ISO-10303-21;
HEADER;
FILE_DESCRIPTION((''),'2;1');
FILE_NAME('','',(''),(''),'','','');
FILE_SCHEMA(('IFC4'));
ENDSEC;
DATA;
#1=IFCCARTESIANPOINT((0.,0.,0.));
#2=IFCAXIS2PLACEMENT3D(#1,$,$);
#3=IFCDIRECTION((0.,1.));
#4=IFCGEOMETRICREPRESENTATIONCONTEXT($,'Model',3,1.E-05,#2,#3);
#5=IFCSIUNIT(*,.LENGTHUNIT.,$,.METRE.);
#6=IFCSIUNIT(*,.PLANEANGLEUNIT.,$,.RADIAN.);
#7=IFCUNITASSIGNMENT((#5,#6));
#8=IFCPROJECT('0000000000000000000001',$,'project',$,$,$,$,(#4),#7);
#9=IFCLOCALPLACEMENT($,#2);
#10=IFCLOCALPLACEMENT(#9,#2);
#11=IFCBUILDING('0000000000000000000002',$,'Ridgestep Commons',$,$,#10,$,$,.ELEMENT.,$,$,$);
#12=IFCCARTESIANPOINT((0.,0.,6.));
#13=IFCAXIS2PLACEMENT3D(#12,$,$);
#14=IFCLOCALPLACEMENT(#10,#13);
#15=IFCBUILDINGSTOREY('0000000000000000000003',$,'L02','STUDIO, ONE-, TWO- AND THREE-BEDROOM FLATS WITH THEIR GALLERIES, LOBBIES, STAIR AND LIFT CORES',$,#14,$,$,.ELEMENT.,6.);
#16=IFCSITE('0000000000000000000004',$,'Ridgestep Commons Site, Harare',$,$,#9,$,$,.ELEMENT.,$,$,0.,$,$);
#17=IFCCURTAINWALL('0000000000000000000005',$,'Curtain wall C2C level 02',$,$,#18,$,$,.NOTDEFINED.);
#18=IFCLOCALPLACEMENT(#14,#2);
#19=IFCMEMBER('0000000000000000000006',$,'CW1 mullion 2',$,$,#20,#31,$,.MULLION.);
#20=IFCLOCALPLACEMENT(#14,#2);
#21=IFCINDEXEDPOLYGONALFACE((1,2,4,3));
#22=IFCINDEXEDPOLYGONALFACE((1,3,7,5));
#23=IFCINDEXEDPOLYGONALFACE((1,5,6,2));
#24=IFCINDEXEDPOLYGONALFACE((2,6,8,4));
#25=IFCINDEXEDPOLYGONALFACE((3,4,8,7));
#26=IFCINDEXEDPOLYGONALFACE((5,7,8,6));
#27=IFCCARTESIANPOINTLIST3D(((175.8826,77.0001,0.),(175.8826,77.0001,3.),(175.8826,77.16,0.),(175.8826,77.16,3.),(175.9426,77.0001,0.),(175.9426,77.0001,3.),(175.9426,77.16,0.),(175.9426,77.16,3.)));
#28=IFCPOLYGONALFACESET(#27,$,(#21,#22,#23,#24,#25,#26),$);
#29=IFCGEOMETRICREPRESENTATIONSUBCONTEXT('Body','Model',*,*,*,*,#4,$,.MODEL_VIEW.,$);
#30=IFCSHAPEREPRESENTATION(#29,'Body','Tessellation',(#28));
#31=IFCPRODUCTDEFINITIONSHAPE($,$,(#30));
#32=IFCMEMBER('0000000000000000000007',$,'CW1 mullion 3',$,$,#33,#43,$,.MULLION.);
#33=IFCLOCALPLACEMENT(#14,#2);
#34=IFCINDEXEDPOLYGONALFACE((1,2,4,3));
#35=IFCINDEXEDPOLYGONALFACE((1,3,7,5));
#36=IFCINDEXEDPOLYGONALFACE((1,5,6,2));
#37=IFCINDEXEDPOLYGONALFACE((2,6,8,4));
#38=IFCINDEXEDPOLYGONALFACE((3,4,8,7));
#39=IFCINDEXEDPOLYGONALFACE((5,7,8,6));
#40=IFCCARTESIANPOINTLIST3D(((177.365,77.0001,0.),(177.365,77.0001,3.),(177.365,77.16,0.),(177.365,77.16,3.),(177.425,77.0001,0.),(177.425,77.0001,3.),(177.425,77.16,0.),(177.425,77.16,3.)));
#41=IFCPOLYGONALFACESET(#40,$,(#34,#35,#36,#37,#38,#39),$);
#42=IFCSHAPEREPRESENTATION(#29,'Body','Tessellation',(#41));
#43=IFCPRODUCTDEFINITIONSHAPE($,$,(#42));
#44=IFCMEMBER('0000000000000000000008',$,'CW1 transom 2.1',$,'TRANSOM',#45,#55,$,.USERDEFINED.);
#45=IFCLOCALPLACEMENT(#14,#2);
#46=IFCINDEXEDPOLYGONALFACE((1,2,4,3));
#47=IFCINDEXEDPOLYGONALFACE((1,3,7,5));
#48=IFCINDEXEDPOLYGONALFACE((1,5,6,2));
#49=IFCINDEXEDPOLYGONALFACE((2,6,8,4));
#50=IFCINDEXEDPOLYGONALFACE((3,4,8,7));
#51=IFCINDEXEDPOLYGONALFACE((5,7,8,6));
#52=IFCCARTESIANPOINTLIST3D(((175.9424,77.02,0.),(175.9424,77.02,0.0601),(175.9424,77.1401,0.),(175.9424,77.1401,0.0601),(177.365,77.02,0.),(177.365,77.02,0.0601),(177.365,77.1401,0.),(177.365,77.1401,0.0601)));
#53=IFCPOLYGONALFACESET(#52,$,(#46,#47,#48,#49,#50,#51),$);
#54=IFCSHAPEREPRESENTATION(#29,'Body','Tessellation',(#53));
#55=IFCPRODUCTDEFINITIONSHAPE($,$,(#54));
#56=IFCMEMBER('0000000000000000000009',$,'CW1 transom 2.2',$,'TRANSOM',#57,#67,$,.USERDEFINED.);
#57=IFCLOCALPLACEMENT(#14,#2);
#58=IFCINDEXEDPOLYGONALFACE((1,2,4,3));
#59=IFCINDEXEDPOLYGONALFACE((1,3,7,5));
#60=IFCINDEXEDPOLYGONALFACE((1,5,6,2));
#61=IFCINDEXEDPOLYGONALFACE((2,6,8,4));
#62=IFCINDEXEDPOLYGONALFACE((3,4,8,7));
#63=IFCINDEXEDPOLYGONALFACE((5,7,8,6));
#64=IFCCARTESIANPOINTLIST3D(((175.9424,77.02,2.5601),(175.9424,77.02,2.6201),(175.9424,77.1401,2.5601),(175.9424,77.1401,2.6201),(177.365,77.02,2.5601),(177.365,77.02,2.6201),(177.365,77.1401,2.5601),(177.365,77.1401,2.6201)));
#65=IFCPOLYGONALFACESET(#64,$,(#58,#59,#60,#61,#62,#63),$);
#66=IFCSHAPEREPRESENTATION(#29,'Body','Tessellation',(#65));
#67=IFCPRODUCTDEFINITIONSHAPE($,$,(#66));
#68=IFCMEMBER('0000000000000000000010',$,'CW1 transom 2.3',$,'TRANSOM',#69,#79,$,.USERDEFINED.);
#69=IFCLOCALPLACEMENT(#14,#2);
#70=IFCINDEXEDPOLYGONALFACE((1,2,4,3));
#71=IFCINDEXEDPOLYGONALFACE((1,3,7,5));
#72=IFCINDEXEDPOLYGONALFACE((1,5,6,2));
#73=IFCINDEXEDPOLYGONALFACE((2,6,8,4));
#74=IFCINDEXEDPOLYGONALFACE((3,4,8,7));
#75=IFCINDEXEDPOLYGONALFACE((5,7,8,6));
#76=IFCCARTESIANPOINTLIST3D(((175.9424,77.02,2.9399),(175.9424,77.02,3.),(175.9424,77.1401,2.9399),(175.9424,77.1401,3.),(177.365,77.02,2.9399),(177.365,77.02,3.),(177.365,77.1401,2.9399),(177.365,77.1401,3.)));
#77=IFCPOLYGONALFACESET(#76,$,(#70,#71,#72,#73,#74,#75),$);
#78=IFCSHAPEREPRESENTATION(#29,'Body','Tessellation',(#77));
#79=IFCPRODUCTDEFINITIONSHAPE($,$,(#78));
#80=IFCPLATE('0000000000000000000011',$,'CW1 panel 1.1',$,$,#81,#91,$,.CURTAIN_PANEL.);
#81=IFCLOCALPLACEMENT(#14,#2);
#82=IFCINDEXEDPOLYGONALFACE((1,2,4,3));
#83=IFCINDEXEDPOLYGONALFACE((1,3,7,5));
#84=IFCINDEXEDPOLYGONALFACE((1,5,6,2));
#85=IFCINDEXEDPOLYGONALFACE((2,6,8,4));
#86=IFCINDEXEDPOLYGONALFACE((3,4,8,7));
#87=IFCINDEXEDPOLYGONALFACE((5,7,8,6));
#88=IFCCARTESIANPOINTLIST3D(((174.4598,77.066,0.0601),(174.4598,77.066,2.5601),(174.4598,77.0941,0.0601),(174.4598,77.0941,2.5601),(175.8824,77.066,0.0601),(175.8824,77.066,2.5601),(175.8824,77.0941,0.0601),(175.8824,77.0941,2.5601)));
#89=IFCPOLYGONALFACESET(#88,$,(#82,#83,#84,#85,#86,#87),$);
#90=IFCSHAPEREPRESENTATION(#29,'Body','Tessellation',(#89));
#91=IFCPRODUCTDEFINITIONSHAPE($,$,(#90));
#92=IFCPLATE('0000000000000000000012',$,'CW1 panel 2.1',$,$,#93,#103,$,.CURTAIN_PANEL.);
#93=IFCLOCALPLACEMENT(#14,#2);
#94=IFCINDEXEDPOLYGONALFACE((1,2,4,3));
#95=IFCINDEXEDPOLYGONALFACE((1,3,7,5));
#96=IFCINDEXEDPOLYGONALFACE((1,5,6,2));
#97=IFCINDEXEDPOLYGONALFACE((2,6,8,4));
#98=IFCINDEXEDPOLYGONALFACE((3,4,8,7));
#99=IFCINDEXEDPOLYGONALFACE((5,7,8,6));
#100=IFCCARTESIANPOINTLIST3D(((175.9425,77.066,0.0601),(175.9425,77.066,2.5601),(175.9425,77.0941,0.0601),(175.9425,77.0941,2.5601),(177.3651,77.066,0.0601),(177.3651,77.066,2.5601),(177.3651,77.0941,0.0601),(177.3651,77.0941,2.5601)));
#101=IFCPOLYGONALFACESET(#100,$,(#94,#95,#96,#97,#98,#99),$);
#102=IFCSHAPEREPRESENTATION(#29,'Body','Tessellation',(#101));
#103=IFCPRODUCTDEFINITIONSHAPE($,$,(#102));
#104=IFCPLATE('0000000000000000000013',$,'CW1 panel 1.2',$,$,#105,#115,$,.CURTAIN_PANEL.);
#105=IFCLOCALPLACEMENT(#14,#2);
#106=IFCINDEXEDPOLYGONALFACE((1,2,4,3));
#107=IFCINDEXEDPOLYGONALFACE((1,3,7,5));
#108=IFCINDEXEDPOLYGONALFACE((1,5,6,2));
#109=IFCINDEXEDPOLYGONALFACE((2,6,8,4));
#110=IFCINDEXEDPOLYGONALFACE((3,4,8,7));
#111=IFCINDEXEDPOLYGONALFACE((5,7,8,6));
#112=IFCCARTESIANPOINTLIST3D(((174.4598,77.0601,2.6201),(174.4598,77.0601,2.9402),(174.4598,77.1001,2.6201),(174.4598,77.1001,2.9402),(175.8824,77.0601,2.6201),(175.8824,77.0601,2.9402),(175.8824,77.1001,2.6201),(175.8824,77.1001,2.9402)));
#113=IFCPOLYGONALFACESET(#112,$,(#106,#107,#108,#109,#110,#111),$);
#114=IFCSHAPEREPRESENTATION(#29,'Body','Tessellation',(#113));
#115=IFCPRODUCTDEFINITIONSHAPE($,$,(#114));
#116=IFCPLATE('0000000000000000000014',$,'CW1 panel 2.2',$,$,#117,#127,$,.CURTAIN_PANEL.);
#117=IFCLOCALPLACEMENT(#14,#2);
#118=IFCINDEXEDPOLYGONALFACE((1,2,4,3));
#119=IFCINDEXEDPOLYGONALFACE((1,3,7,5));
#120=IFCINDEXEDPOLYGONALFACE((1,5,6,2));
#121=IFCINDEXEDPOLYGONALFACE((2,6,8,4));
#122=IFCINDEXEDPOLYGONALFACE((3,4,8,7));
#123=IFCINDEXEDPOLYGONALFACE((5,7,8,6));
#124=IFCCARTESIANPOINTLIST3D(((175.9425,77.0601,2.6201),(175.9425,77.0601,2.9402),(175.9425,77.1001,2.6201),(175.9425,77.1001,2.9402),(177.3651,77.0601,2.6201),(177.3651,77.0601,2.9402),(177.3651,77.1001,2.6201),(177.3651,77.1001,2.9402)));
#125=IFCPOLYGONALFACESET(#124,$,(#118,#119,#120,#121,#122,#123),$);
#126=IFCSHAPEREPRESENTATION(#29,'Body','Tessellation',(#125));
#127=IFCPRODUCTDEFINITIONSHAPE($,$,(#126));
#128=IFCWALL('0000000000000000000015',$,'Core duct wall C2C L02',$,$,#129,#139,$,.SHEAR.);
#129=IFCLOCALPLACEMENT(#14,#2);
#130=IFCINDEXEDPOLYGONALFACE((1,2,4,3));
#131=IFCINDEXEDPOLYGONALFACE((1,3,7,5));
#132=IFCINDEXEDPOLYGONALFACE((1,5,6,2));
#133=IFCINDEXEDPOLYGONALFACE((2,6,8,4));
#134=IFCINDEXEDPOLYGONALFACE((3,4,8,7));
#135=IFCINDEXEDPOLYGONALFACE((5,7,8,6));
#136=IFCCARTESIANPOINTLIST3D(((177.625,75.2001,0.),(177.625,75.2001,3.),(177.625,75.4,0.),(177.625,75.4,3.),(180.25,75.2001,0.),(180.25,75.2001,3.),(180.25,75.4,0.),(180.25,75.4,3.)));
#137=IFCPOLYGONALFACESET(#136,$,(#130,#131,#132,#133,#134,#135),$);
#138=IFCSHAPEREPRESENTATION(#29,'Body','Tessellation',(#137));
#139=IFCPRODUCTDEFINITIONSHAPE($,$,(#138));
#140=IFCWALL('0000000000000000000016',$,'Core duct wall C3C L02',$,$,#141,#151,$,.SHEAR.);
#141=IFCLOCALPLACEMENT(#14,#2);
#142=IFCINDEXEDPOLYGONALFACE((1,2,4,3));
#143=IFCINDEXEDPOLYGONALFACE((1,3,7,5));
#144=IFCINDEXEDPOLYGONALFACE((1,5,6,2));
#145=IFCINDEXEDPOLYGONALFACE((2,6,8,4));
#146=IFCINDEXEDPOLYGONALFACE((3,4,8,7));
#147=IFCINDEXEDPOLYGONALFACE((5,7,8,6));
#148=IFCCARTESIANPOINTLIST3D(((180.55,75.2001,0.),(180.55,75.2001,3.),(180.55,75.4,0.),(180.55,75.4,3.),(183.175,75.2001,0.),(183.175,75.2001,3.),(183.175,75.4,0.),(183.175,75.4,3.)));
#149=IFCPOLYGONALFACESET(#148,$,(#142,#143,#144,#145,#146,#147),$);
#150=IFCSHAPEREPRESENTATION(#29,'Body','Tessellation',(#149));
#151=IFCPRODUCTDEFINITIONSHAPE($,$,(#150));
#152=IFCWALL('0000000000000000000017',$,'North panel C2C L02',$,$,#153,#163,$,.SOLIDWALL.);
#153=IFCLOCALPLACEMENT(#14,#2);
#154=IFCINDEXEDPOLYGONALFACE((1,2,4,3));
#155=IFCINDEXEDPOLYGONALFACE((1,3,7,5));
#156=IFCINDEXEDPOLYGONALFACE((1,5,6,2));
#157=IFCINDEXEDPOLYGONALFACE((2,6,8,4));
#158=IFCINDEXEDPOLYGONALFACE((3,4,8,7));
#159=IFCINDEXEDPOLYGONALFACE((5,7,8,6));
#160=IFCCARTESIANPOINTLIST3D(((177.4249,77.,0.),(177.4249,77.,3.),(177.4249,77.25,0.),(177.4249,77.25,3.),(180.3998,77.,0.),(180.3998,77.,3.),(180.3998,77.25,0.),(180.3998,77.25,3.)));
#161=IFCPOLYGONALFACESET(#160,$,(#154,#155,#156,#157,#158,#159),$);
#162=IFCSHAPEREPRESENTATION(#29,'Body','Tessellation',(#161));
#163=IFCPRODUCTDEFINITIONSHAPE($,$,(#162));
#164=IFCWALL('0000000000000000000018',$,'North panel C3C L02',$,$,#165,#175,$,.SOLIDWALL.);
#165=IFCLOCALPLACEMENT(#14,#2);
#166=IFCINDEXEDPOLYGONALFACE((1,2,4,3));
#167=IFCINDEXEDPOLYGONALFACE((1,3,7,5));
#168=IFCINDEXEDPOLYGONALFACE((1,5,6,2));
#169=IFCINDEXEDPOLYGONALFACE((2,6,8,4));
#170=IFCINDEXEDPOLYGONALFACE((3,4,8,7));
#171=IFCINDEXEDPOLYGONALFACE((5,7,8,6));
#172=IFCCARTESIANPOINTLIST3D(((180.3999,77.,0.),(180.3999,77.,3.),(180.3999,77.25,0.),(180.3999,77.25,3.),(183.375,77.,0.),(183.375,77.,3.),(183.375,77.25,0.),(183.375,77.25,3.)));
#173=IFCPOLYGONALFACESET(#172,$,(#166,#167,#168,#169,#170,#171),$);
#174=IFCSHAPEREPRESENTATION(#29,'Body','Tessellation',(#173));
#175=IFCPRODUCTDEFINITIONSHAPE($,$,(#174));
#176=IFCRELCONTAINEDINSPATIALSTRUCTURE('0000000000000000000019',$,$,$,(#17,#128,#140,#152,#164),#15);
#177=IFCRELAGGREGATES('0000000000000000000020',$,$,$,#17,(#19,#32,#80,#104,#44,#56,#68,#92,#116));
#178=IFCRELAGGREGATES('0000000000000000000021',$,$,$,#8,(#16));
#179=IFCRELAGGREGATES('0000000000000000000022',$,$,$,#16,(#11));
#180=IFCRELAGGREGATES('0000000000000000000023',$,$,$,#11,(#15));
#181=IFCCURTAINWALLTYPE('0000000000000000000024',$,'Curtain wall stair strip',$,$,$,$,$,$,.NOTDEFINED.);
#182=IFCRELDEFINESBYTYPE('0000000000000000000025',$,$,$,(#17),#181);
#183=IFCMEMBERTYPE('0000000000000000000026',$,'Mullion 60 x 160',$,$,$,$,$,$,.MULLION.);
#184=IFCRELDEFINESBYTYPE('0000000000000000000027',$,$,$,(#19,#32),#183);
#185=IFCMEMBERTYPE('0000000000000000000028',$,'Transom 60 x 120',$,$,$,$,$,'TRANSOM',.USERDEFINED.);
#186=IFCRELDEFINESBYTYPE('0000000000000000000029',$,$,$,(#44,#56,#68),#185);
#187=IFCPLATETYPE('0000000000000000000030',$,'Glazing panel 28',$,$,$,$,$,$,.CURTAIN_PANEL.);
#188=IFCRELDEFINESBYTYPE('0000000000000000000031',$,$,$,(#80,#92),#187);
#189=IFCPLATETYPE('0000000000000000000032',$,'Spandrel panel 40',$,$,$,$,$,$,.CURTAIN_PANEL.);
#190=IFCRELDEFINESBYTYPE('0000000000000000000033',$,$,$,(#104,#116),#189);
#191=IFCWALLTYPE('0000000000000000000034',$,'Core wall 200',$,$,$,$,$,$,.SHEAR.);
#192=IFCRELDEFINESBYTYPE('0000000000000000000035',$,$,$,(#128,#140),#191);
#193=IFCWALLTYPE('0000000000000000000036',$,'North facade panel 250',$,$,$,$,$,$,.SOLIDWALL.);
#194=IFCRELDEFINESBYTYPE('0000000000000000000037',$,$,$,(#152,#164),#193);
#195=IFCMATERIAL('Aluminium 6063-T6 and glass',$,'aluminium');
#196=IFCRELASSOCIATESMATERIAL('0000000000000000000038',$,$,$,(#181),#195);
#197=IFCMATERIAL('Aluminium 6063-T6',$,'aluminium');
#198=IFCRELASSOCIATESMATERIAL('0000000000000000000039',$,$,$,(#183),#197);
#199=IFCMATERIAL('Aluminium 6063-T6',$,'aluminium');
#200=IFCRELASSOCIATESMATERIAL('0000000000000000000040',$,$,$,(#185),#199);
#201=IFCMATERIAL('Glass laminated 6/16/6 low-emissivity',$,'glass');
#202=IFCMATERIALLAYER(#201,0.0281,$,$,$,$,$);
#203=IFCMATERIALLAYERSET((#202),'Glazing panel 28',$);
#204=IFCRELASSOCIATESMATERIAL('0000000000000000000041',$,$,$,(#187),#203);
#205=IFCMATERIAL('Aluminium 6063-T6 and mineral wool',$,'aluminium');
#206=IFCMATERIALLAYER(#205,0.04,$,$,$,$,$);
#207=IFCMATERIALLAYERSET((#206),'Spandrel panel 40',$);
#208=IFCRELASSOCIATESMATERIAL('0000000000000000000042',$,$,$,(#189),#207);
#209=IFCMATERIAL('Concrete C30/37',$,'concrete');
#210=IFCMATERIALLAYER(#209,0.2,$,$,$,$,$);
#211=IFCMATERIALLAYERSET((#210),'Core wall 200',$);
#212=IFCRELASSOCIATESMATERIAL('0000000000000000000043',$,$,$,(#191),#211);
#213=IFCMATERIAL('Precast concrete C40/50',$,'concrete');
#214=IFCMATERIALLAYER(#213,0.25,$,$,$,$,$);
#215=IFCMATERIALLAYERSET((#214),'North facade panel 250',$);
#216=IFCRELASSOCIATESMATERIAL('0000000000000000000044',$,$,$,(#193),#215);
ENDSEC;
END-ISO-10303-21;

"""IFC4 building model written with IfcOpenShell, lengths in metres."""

from ifc_helpers import new_model, si_unit, direction, frame, frame_2d, origin, origin_2d, place, context, subcontext, project, spatial, rectangle, extrude, material, layer, layer_set, material_profile, profile_set, type_object, element, aggregate, save


model = new_model("IFC4")

# Units and contexts
model_context = context("Model", 3, precision=1e-05, world=origin(), true_north=direction((0.0, 1.0)))
body_context = subcontext(model_context, "Body", "Model", "MODEL_VIEW")
ifc_project = project(units=[si_unit("LENGTHUNIT", "METRE"), si_unit("PLANEANGLEUNIT", "RADIAN")], contexts=[model_context])

# Site, building, storey
site_placement = place(None, origin())
site = spatial("IfcSite", under=ifc_project, at=site_placement, Name="Ridgestep Commons Site, Harare", CompositionType="ELEMENT", RefElevation=0.0)
building_placement = place(site_placement, origin())
building = spatial("IfcBuilding", under=site, at=building_placement, Name="Ridgestep Commons", CompositionType="ELEMENT")
storey_placement = place(building_placement, frame((0.0, 0.0, 6.0)))
storey = spatial("IfcBuildingStorey", under=building, at=storey_placement, Name="L02", Description="STUDIO, ONE-, TWO- AND THREE-BEDROOM FLATS WITH THEIR GALLERIES, LOBBIES, STAIR AND LIFT CORES", CompositionType="ELEMENT", Elevation=6.0)

# Curtain wall, members, plates
ifc_material_1 = material(Name="Aluminium 6063-T6 and glass", Category="aluminium")
curtain_wall_type = type_object("IfcCurtainWallType", Name="Curtain wall stair strip", PredefinedType="NOTDEFINED", material=ifc_material_1)
curtain_wall_placement = place(storey_placement, origin())
curtain_wall = element("IfcCurtainWall", 1, at=curtain_wall_placement, inside=storey, type_object=curtain_wall_type, Name="Curtain wall C2C level 02", PredefinedType="NOTDEFINED")
ifc_material_2 = material(Name="Aluminium 6063-T6", Category="aluminium")
ifc_material_profile_1 = material_profile(ifc_material_2, rectangle(XDim=0.1599, YDim=0.0601, at=origin_2d()), Name="Mullion 60 x 160")
ifc_profile_set_1 = profile_set([ifc_material_profile_1], Name="Aluminium 6063-T6")
member_type_1 = type_object("IfcMemberType", Name="Mullion 60 x 160", PredefinedType="MULLION", material=ifc_profile_set_1)
member_1_placement = place(storey_placement, frame((175.9126, 77.0801, 0.0), z_axis=(0.0, 0.0, 1.0), x_axis=(0.0, 1.0, 0.0)))
member_1 = element("IfcMember", 2, at=member_1_placement, type_object=member_type_1, Name="CW1 mullion 2", PredefinedType="MULLION", context=body_context, shape_type="SweptSolid", body=[
    extrude(rectangle(XDim=0.1599, YDim=0.0601, at=origin_2d()), origin(), (0.0, 0.0, 1.0), 3.0),
])
member_2_placement = place(storey_placement, frame((177.395, 77.0801, 0.0), z_axis=(0.0, 0.0, 1.0), x_axis=(0.0, 1.0, 0.0)))
member_2 = element("IfcMember", 3, at=member_2_placement, type_object=member_type_1, Name="CW1 mullion 3", PredefinedType="MULLION", context=body_context, shape_type="SweptSolid", body=[
    extrude(rectangle(XDim=0.1599, YDim=0.0601, at=origin_2d()), origin(), (0.0, 0.0, 1.0), 3.0),
])
ifc_material_3 = material(Name="Aluminium 6063-T6", Category="aluminium")
ifc_material_profile_2 = material_profile(ifc_material_3, rectangle(XDim=0.1201, YDim=0.0601, at=origin_2d()), Name="Transom 60 x 120")
ifc_profile_set_2 = profile_set([ifc_material_profile_2], Name="Aluminium 6063-T6")
member_type_2 = type_object("IfcMemberType", Name="Transom 60 x 120", ElementType="TRANSOM", PredefinedType="USERDEFINED", material=ifc_profile_set_2)
member_3_placement = place(storey_placement, frame((175.9424, 77.0801, 0.03), z_axis=(1.0, 0.0, 0.0), x_axis=(0.0, 1.0, 0.0)))
member_3 = element("IfcMember", 4, at=member_3_placement, type_object=member_type_2, Name="CW1 transom 2.1", ObjectType="TRANSOM", PredefinedType="USERDEFINED", context=body_context, shape_type="SweptSolid", body=[
    extrude(rectangle(XDim=0.1201, YDim=0.0601, at=origin_2d()), origin(), (0.0, 0.0, 1.0), 1.4226),
])
member_4_placement = place(storey_placement, frame((175.9424, 77.0801, 2.5901), z_axis=(1.0, 0.0, 0.0), x_axis=(0.0, 1.0, 0.0)))
member_4 = element("IfcMember", 5, at=member_4_placement, type_object=member_type_2, Name="CW1 transom 2.2", ObjectType="TRANSOM", PredefinedType="USERDEFINED", context=body_context, shape_type="SweptSolid", body=[
    extrude(rectangle(XDim=0.1201, YDim=0.0601, at=origin_2d()), origin(), (0.0, 0.0, 1.0), 1.4226),
])
member_5_placement = place(storey_placement, frame((175.9424, 77.0801, 2.97), z_axis=(1.0, 0.0, 0.0), x_axis=(0.0, 1.0, 0.0)))
member_5 = element("IfcMember", 6, at=member_5_placement, type_object=member_type_2, Name="CW1 transom 2.3", ObjectType="TRANSOM", PredefinedType="USERDEFINED", context=body_context, shape_type="SweptSolid", body=[
    extrude(rectangle(XDim=0.1201, YDim=0.0601, at=origin_2d()), origin(), (0.0, 0.0, 1.0), 1.4226),
])
ifc_material_4 = material(Name="Glass laminated 6/16/6 low-emissivity", Category="glass")
ifc_layer_1 = layer(ifc_material_4, 0.0281)
ifc_layer_set_1 = layer_set([ifc_layer_1], Name="Glazing panel 28")
plate_type_1 = type_object("IfcPlateType", Name="Glazing panel 28", PredefinedType="CURTAIN_PANEL", material=ifc_layer_set_1)
plate_1_placement = place(storey_placement, frame((175.1711, 77.0801, 0.0601), z_axis=(0.0, 0.0, 1.0), x_axis=(1.0, 0.0, 0.0)))
plate_1 = element("IfcPlate", 7, at=plate_1_placement, type_object=plate_type_1, Name="CW1 panel 1.1", PredefinedType="CURTAIN_PANEL", context=body_context, shape_type="SweptSolid", body=[
    extrude(rectangle(XDim=1.4226, YDim=0.0281, at=origin_2d()), origin(), (0.0, 0.0, 1.0), 2.5),
])
plate_2_placement = place(storey_placement, frame((176.6538, 77.0801, 0.0601), z_axis=(0.0, 0.0, 1.0), x_axis=(1.0, 0.0, 0.0)))
plate_2 = element("IfcPlate", 8, at=plate_2_placement, type_object=plate_type_1, Name="CW1 panel 2.1", PredefinedType="CURTAIN_PANEL", context=body_context, shape_type="SweptSolid", body=[
    extrude(rectangle(XDim=1.4226, YDim=0.0281, at=origin_2d()), origin(), (0.0, 0.0, 1.0), 2.5),
])
ifc_material_5 = material(Name="Aluminium 6063-T6 and mineral wool", Category="aluminium")
ifc_layer_2 = layer(ifc_material_5, 0.04)
ifc_layer_set_2 = layer_set([ifc_layer_2], Name="Spandrel panel 40")
plate_type_2 = type_object("IfcPlateType", Name="Spandrel panel 40", PredefinedType="CURTAIN_PANEL", material=ifc_layer_set_2)
plate_3_placement = place(storey_placement, frame((175.1711, 77.0801, 2.6201), z_axis=(0.0, 0.0, 1.0), x_axis=(1.0, 0.0, 0.0)))
plate_3 = element("IfcPlate", 9, at=plate_3_placement, type_object=plate_type_2, Name="CW1 panel 1.2", PredefinedType="CURTAIN_PANEL", context=body_context, shape_type="SweptSolid", body=[
    extrude(rectangle(XDim=1.4226, YDim=0.04, at=origin_2d()), origin(), (0.0, 0.0, 1.0), 0.3201),
])
plate_4_placement = place(storey_placement, frame((176.6538, 77.0801, 2.6201), z_axis=(0.0, 0.0, 1.0), x_axis=(1.0, 0.0, 0.0)))
plate_4 = element("IfcPlate", 10, at=plate_4_placement, type_object=plate_type_2, Name="CW1 panel 2.2", PredefinedType="CURTAIN_PANEL", context=body_context, shape_type="SweptSolid", body=[
    extrude(rectangle(XDim=1.4226, YDim=0.04, at=origin_2d()), origin(), (0.0, 0.0, 1.0), 0.3201),
])
aggregate(curtain_wall, [member_1, member_2, plate_1, plate_3, member_3, member_4, member_5, plate_2, plate_4])

# Walls
ifc_material_6 = material(Name="Concrete C30/37", Category="concrete")
ifc_layer_3 = layer(ifc_material_6, 0.2)
ifc_layer_set_3 = layer_set([ifc_layer_3], Name="Core wall 200")
wall_type_1 = type_object("IfcWallType", Name="Core wall 200", PredefinedType="SHEAR", material=ifc_layer_set_3)
for number, where, z_axis, x_axis, name in (
    (11, (177.625, 75.3, 0.0), (0.0, 0.0, 1.0), (1.0, 0.0, 0.0), "Core duct wall C2C L02"),
    (12, (180.55, 75.3, 0.0), (0.0, 0.0, 1.0), (1.0, 0.0, 0.0), "Core duct wall C3C L02"),
):
    element("IfcWall", number, at=place(storey_placement, frame(where, z_axis=z_axis, x_axis=x_axis)), inside=storey, type_object=wall_type_1, Name=name, PredefinedType="SHEAR", context=body_context, shape_type="SweptSolid", body=[
        extrude(rectangle(XDim=2.625, YDim=0.2, at=frame_2d((1.3125, 0.0))), origin(), (0.0, 0.0, 1.0), 3.0),
    ])
ifc_material_7 = material(Name="Precast concrete C40/50", Category="concrete")
ifc_layer_4 = layer(ifc_material_7, 0.25)
ifc_layer_set_4 = layer_set([ifc_layer_4], Name="North facade panel 250")
wall_type_2 = type_object("IfcWallType", Name="North facade panel 250", PredefinedType="SOLIDWALL", material=ifc_layer_set_4)
wall_1_placement = place(storey_placement, frame((177.425, 77.125, 0.0), z_axis=(0.0, 0.0, 1.0), x_axis=(1.0, 0.0, 0.0)))
element("IfcWall", 13, at=wall_1_placement, inside=storey, type_object=wall_type_2, Name="North panel C2C L02", PredefinedType="SOLIDWALL", context=body_context, shape_type="SweptSolid", body=[
    extrude(rectangle(XDim=2.9749, YDim=0.25, at=frame_2d((1.4873, 0.0))), origin(), (0.0, 0.0, 1.0), 3.0),
])
wall_2_placement = place(storey_placement, frame((180.3999, 77.125, 0.0), z_axis=(0.0, 0.0, 1.0), x_axis=(1.0, 0.0, 0.0)))
element("IfcWall", 14, at=wall_2_placement, inside=storey, type_object=wall_type_2, Name="North panel C3C L02", PredefinedType="SOLIDWALL", context=body_context, shape_type="SweptSolid", body=[
    extrude(rectangle(XDim=2.9751, YDim=0.25, at=frame_2d((1.4875, 0.0))), origin(), (0.0, 0.0, 1.0), 3.0),
])

save(model, "model.ifc")
